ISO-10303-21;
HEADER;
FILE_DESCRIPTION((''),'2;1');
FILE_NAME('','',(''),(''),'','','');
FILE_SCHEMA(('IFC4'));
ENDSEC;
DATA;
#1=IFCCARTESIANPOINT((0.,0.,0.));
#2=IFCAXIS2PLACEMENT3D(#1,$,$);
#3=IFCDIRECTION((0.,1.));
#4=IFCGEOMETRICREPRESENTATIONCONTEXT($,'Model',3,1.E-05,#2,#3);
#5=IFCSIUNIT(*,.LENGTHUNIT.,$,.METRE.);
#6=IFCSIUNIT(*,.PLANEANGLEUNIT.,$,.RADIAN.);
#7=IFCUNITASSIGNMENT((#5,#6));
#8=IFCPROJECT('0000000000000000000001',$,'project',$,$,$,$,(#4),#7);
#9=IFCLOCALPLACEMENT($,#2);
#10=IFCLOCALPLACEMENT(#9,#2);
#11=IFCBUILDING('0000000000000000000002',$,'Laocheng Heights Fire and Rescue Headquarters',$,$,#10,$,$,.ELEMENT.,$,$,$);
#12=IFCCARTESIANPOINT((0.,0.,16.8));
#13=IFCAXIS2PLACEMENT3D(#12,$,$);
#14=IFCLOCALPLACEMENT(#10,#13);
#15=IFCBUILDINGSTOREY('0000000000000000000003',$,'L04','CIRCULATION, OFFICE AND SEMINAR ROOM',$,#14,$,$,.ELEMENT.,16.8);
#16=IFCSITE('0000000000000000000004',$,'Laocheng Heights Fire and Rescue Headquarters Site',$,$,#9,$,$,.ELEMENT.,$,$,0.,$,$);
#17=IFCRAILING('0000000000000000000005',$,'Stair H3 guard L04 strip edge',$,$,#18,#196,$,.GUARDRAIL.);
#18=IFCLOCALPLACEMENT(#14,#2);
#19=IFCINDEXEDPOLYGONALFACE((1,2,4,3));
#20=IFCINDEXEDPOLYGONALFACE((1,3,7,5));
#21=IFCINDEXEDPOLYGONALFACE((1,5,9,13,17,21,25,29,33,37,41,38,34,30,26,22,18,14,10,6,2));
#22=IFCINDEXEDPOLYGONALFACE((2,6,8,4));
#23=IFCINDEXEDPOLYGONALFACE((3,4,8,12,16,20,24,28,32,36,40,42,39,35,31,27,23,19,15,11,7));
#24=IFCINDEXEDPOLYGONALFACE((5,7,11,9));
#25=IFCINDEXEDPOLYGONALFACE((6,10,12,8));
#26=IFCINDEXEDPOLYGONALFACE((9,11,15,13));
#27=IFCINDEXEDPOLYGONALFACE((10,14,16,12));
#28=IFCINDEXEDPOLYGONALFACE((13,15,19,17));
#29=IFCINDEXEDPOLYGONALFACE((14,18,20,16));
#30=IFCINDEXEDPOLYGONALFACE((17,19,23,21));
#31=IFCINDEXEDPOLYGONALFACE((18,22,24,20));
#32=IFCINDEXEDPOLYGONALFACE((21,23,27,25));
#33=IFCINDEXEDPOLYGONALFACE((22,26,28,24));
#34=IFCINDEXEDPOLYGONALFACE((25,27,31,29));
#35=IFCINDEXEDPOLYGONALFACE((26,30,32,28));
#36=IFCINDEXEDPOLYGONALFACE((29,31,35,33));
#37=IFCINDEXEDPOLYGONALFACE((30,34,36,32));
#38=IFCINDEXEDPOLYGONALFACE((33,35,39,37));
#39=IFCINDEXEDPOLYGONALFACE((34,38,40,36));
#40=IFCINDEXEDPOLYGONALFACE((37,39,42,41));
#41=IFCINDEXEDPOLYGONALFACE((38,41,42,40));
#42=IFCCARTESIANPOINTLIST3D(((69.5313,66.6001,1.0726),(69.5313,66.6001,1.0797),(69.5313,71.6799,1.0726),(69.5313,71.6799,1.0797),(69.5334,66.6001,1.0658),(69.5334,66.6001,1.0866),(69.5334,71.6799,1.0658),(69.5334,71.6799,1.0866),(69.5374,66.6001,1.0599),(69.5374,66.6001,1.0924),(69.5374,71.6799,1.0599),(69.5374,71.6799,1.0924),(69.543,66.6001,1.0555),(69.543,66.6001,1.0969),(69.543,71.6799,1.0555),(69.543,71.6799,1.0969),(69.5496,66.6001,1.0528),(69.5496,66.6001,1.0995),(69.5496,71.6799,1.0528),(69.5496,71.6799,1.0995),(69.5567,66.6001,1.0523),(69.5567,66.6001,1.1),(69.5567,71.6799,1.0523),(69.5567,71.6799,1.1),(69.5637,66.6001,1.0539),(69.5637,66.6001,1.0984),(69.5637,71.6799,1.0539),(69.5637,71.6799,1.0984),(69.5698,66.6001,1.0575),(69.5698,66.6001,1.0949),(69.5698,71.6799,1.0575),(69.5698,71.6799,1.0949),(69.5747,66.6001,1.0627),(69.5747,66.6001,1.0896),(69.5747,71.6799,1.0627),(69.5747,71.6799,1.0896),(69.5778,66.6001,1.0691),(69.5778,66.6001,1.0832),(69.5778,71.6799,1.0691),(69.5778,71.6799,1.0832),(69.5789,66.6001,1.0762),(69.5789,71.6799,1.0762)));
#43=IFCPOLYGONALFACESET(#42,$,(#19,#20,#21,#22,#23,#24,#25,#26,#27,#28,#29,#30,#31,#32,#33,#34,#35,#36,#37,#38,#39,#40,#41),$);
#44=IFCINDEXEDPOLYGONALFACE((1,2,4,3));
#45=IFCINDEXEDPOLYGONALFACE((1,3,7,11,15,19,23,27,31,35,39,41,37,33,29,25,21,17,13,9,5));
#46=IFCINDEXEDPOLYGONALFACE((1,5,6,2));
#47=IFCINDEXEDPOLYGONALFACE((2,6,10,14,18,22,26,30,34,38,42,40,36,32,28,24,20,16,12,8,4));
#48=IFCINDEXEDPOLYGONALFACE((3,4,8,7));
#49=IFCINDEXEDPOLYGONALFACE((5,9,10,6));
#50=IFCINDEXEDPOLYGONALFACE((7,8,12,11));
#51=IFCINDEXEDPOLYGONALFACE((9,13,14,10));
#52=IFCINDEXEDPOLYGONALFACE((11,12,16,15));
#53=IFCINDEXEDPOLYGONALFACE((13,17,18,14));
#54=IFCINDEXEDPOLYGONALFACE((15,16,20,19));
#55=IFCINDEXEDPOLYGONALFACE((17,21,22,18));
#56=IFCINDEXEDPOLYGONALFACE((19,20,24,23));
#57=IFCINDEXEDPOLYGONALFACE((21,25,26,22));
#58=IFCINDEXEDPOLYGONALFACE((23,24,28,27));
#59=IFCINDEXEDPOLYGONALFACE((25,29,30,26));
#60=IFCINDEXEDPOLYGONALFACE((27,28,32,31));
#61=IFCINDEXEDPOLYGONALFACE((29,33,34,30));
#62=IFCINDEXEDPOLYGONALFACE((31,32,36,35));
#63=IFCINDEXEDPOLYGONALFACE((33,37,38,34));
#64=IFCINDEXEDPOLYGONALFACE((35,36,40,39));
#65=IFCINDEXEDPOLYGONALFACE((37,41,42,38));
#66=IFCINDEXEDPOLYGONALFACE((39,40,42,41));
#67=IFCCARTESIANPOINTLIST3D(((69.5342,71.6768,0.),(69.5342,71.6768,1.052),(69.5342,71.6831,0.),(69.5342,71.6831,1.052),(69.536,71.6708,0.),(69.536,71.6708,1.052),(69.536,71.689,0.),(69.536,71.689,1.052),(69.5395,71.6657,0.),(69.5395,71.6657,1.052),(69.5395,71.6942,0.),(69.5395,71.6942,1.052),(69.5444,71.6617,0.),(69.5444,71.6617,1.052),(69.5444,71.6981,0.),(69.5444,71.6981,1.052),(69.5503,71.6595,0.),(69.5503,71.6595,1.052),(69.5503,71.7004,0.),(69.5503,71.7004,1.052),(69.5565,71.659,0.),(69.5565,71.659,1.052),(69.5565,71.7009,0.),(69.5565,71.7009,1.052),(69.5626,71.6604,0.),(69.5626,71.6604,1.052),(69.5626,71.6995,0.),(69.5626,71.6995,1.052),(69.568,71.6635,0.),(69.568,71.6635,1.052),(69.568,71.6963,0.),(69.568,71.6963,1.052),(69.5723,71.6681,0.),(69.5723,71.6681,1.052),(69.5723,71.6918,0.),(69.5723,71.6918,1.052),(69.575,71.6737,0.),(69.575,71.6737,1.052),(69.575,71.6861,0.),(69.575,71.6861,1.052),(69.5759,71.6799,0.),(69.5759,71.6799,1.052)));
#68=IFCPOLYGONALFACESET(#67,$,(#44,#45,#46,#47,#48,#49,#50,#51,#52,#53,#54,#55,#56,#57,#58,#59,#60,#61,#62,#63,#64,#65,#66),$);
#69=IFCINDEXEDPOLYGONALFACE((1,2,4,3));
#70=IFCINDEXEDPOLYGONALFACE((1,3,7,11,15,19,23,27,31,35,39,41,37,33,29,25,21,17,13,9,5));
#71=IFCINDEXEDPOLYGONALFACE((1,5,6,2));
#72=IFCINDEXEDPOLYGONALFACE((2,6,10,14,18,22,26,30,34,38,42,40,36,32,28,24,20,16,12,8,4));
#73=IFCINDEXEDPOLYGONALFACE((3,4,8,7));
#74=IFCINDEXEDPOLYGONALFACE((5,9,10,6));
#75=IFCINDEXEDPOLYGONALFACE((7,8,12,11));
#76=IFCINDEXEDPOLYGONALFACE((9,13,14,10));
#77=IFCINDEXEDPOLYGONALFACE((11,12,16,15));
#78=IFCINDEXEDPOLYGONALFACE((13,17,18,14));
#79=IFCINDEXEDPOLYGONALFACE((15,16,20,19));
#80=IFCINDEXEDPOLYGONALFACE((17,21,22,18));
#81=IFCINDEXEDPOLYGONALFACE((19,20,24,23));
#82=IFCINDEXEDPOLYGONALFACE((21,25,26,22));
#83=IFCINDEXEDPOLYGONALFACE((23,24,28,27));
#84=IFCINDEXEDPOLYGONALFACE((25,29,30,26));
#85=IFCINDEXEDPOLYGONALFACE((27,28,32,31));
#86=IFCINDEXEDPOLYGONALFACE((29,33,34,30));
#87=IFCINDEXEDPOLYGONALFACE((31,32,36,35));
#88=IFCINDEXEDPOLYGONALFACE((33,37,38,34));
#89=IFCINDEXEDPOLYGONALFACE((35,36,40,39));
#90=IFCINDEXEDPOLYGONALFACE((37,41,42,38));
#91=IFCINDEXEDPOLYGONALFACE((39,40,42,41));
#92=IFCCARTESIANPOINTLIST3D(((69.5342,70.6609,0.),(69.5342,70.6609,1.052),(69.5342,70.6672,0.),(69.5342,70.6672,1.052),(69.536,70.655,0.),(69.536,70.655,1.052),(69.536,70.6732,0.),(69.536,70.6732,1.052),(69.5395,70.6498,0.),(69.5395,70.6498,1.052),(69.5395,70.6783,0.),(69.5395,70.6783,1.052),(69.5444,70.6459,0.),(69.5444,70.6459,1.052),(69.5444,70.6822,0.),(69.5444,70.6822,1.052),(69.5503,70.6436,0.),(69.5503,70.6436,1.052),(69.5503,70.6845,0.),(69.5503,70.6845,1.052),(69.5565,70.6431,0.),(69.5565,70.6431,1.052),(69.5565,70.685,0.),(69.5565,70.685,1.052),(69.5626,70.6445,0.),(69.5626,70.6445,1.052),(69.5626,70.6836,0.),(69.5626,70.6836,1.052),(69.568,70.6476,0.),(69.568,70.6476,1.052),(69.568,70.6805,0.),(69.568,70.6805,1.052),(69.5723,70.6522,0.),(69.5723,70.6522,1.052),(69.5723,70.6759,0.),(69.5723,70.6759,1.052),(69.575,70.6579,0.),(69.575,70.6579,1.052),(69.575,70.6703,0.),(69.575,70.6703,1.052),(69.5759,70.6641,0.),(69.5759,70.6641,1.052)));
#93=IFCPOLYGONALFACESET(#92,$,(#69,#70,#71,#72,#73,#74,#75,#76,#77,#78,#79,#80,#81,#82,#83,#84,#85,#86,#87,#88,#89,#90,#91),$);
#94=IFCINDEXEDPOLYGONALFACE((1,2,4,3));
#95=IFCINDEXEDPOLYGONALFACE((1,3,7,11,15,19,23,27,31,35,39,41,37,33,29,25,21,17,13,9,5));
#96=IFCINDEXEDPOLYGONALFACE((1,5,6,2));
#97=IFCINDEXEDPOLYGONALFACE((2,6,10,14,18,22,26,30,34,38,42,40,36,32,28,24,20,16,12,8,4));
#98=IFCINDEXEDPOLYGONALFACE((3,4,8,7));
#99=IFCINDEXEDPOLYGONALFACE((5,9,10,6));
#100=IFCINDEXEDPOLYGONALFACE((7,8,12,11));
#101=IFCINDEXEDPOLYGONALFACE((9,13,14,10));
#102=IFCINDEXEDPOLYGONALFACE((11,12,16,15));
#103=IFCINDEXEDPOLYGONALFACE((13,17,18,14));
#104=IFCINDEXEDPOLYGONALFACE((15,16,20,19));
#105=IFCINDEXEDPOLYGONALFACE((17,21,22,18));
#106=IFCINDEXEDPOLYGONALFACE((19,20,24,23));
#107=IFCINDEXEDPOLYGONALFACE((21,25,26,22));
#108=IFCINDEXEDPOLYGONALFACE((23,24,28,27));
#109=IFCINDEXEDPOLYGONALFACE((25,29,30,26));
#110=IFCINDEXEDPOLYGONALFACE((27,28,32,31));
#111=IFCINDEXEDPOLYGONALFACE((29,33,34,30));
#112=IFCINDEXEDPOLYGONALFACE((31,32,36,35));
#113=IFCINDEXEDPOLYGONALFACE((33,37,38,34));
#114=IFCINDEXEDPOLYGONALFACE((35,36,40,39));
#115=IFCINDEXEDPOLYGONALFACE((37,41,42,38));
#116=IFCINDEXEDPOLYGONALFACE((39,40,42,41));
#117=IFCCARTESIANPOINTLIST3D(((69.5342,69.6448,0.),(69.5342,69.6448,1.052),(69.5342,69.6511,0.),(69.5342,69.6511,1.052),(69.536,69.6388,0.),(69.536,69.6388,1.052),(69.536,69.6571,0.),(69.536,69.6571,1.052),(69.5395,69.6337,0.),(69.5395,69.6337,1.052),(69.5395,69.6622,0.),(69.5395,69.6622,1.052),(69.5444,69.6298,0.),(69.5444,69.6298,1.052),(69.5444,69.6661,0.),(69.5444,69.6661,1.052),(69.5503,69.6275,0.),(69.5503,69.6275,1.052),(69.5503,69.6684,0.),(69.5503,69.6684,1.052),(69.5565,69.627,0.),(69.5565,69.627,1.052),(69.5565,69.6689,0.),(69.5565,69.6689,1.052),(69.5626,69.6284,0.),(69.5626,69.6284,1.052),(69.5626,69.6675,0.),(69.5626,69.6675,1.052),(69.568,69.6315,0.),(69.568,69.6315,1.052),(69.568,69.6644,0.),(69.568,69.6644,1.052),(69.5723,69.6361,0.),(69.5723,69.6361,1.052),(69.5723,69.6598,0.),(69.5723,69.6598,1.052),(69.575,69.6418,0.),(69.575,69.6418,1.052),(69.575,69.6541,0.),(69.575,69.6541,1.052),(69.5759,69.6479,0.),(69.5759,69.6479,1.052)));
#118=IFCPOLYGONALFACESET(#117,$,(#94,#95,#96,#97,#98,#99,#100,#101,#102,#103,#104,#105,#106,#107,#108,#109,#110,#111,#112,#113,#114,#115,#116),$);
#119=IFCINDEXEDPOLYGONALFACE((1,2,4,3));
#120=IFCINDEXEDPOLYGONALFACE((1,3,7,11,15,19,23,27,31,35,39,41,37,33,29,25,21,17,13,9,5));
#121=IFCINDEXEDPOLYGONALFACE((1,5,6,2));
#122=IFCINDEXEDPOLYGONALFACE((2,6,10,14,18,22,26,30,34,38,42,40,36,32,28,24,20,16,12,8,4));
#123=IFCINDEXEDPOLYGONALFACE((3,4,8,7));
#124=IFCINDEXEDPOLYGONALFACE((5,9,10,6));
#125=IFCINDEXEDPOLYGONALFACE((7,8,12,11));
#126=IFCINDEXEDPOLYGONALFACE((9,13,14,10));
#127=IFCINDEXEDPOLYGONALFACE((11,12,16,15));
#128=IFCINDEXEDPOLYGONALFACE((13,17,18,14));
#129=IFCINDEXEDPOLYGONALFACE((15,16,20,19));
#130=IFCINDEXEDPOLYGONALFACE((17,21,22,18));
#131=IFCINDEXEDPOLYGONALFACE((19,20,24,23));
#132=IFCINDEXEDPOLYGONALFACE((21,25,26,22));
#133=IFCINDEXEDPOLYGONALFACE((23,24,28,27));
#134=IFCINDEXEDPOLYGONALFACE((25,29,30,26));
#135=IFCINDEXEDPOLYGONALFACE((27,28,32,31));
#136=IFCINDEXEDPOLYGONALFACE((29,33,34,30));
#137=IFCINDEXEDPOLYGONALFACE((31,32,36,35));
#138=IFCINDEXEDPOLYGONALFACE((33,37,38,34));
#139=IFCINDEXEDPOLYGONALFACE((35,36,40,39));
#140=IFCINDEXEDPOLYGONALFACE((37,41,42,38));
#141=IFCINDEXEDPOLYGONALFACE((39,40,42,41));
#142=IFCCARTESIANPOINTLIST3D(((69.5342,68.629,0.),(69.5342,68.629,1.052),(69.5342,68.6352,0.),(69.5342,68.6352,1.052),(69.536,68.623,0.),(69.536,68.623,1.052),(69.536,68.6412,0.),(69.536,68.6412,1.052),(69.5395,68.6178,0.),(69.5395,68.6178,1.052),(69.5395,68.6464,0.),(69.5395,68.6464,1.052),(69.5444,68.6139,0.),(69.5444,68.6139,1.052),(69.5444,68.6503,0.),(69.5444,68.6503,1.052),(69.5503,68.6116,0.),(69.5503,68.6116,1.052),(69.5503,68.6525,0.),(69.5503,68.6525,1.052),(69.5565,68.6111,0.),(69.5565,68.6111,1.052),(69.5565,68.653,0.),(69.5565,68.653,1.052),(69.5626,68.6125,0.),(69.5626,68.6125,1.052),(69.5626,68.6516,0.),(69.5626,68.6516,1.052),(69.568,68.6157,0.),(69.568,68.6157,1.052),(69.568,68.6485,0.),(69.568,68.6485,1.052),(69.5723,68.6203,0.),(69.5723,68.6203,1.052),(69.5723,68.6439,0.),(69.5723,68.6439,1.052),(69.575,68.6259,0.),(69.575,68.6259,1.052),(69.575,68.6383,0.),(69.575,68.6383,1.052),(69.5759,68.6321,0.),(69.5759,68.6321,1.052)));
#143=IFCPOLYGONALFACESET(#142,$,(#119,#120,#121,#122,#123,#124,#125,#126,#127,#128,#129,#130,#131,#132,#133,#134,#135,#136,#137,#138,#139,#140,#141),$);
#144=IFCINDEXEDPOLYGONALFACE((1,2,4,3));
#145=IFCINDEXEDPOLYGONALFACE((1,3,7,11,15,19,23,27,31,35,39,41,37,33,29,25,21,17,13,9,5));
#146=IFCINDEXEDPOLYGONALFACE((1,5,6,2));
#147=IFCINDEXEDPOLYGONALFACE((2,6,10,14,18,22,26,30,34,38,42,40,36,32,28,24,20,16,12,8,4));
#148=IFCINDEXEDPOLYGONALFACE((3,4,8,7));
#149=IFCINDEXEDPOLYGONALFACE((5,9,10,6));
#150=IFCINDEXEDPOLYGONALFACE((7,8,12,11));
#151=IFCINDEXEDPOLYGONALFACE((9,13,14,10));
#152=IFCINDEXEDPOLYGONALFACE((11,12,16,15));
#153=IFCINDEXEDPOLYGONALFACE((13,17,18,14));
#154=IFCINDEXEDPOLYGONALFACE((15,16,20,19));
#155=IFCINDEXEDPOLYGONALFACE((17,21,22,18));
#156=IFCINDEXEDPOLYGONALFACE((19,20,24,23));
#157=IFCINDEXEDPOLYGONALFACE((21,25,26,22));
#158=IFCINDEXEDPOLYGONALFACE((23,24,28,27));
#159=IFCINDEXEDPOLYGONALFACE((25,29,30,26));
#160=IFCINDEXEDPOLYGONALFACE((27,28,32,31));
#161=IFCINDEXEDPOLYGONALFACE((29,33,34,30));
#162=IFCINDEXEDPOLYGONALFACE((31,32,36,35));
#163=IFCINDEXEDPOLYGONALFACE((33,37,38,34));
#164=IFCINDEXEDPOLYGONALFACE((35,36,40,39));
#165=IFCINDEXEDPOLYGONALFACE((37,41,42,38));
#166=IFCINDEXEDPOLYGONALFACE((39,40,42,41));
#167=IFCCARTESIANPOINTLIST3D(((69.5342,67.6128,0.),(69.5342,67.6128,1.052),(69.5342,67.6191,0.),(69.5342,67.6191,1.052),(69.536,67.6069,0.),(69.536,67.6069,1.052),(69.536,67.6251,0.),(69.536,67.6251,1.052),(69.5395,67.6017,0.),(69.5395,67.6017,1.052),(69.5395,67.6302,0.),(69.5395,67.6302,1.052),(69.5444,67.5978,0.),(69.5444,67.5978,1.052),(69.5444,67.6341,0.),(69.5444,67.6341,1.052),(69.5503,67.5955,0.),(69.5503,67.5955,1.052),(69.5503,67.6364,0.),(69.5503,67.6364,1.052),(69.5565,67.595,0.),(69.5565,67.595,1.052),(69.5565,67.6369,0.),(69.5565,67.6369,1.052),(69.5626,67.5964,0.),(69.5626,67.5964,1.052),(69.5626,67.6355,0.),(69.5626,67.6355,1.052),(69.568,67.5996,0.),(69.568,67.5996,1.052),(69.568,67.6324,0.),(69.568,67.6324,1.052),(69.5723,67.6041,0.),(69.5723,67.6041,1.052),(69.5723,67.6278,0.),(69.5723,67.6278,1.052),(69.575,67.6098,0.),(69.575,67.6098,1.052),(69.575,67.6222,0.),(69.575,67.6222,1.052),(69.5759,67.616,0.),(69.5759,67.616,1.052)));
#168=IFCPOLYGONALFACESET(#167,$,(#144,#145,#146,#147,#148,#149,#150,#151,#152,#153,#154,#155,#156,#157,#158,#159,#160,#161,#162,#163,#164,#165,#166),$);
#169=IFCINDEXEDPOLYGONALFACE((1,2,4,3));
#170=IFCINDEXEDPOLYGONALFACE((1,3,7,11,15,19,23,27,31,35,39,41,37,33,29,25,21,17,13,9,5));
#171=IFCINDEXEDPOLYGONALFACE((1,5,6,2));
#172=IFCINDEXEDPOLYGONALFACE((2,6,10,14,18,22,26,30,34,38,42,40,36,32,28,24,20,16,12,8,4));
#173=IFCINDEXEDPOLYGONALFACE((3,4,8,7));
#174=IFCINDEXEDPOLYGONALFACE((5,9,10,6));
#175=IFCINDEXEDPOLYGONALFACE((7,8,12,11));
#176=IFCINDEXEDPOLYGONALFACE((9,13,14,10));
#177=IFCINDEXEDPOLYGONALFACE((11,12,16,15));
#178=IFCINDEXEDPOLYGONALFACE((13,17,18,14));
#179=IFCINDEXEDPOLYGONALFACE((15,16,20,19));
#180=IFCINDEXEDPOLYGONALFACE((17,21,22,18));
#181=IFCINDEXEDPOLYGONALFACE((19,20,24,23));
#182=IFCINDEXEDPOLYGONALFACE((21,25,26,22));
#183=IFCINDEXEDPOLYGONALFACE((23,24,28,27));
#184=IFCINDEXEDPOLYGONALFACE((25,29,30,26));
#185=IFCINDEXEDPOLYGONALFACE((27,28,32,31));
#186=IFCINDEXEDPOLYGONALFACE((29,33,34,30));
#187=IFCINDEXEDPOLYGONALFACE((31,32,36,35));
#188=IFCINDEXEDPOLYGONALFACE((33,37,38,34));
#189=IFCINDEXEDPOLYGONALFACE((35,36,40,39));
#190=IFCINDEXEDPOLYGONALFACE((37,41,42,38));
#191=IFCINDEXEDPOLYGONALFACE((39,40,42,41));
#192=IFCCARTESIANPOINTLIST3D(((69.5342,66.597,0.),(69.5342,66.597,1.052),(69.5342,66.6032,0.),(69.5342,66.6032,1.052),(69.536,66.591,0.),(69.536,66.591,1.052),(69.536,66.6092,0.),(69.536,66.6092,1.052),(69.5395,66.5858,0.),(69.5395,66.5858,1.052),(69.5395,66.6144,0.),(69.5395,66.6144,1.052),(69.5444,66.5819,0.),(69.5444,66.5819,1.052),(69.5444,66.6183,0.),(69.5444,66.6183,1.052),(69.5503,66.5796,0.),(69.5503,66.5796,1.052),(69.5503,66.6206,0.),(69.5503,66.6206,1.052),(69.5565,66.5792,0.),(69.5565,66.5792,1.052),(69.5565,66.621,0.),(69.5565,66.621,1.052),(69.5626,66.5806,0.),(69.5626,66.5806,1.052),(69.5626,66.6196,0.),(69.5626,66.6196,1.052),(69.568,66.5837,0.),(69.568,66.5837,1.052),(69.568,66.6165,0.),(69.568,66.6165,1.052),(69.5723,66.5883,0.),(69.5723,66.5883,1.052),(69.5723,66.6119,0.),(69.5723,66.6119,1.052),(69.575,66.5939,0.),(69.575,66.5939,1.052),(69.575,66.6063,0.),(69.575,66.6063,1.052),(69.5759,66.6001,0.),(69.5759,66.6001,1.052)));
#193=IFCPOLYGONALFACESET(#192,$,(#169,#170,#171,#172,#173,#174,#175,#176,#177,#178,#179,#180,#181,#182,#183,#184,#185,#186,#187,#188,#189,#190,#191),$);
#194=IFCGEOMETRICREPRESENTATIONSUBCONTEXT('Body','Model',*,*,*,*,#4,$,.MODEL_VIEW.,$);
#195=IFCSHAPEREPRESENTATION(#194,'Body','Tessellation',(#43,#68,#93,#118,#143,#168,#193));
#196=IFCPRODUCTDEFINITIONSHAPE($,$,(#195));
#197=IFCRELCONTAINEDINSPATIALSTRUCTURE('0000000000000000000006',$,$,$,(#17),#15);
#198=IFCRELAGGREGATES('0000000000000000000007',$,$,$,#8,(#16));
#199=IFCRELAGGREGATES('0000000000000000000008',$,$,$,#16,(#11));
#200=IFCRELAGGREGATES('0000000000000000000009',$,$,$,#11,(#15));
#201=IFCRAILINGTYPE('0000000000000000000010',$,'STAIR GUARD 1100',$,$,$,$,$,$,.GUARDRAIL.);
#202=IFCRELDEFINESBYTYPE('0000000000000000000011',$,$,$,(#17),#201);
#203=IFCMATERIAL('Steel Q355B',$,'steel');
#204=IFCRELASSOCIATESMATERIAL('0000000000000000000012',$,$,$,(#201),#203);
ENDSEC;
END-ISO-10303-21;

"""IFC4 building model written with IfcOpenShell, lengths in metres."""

from ifc_helpers import new_model, si_unit, direction, frame, origin, origin_2d, place, context, subcontext, project, spatial, circle, extrude, material, type_object, element, save


model = new_model("IFC4")

# Units and contexts
model_context = context("Model", 3, precision=1e-05, world=origin(), true_north=direction((0.0, 1.0)))
body_context = subcontext(model_context, "Body", "Model", "MODEL_VIEW")
ifc_project = project(units=[si_unit("LENGTHUNIT", "METRE"), si_unit("PLANEANGLEUNIT", "RADIAN")], contexts=[model_context])

# Site, building, storey
site_placement = place(None, origin())
site = spatial("IfcSite", under=ifc_project, at=site_placement, Name="Laocheng Heights Fire and Rescue Headquarters Site", CompositionType="ELEMENT", RefElevation=0.0)
building_placement = place(site_placement, origin())
building = spatial("IfcBuilding", under=site, at=building_placement, Name="Laocheng Heights Fire and Rescue Headquarters", CompositionType="ELEMENT")
storey_placement = place(building_placement, frame((0.0, 0.0, 16.8)))
storey = spatial("IfcBuildingStorey", under=building, at=storey_placement, Name="L04", Description="CIRCULATION, OFFICE AND SEMINAR ROOM", CompositionType="ELEMENT", Elevation=16.8)

# Railing
ifc_material_1 = material(Name="Steel Q355B", Category="steel")
railing_type_1 = type_object("IfcRailingType", Name="STAIR GUARD 1100", PredefinedType="GUARDRAIL", material=ifc_material_1)
railing_1_placement = place(storey_placement, frame((69.5549, 71.6799, 0.0)))
element("IfcRailing", 1, at=railing_1_placement, inside=storey, type_object=railing_type_1, Name="Stair H3 guard L04 strip edge", PredefinedType="GUARDRAIL", context=body_context, shape_type="SweptSolid", body=[
    extrude(circle(Radius=0.0239, at=origin_2d()), frame((0.0, 0.0, 1.0762), z_axis=(0.0, -1.0, 0.0), x_axis=(1.0, 0.0, 0.0)), (0.0, 0.0, 1.0), 5.0798),
    extrude(circle(Radius=0.021, at=origin_2d()), origin(), (0.0, 0.0, 1.0), 1.052),
    extrude(circle(Radius=0.021, at=origin_2d()), frame((0.0, -1.0159, 0.0)), (0.0, 0.0, 1.0), 1.052),
    extrude(circle(Radius=0.021, at=origin_2d()), frame((0.0, -2.032, 0.0)), (0.0, 0.0, 1.0), 1.052),
    extrude(circle(Radius=0.021, at=origin_2d()), frame((0.0, -3.0479, 0.0)), (0.0, 0.0, 1.0), 1.052),
    extrude(circle(Radius=0.021, at=origin_2d()), frame((0.0, -4.064, 0.0)), (0.0, 0.0, 1.0), 1.052),
    extrude(circle(Radius=0.021, at=origin_2d()), frame((0.0, -5.0798, 0.0)), (0.0, 0.0, 1.0), 1.052),
])

save(model, "model.ifc")
